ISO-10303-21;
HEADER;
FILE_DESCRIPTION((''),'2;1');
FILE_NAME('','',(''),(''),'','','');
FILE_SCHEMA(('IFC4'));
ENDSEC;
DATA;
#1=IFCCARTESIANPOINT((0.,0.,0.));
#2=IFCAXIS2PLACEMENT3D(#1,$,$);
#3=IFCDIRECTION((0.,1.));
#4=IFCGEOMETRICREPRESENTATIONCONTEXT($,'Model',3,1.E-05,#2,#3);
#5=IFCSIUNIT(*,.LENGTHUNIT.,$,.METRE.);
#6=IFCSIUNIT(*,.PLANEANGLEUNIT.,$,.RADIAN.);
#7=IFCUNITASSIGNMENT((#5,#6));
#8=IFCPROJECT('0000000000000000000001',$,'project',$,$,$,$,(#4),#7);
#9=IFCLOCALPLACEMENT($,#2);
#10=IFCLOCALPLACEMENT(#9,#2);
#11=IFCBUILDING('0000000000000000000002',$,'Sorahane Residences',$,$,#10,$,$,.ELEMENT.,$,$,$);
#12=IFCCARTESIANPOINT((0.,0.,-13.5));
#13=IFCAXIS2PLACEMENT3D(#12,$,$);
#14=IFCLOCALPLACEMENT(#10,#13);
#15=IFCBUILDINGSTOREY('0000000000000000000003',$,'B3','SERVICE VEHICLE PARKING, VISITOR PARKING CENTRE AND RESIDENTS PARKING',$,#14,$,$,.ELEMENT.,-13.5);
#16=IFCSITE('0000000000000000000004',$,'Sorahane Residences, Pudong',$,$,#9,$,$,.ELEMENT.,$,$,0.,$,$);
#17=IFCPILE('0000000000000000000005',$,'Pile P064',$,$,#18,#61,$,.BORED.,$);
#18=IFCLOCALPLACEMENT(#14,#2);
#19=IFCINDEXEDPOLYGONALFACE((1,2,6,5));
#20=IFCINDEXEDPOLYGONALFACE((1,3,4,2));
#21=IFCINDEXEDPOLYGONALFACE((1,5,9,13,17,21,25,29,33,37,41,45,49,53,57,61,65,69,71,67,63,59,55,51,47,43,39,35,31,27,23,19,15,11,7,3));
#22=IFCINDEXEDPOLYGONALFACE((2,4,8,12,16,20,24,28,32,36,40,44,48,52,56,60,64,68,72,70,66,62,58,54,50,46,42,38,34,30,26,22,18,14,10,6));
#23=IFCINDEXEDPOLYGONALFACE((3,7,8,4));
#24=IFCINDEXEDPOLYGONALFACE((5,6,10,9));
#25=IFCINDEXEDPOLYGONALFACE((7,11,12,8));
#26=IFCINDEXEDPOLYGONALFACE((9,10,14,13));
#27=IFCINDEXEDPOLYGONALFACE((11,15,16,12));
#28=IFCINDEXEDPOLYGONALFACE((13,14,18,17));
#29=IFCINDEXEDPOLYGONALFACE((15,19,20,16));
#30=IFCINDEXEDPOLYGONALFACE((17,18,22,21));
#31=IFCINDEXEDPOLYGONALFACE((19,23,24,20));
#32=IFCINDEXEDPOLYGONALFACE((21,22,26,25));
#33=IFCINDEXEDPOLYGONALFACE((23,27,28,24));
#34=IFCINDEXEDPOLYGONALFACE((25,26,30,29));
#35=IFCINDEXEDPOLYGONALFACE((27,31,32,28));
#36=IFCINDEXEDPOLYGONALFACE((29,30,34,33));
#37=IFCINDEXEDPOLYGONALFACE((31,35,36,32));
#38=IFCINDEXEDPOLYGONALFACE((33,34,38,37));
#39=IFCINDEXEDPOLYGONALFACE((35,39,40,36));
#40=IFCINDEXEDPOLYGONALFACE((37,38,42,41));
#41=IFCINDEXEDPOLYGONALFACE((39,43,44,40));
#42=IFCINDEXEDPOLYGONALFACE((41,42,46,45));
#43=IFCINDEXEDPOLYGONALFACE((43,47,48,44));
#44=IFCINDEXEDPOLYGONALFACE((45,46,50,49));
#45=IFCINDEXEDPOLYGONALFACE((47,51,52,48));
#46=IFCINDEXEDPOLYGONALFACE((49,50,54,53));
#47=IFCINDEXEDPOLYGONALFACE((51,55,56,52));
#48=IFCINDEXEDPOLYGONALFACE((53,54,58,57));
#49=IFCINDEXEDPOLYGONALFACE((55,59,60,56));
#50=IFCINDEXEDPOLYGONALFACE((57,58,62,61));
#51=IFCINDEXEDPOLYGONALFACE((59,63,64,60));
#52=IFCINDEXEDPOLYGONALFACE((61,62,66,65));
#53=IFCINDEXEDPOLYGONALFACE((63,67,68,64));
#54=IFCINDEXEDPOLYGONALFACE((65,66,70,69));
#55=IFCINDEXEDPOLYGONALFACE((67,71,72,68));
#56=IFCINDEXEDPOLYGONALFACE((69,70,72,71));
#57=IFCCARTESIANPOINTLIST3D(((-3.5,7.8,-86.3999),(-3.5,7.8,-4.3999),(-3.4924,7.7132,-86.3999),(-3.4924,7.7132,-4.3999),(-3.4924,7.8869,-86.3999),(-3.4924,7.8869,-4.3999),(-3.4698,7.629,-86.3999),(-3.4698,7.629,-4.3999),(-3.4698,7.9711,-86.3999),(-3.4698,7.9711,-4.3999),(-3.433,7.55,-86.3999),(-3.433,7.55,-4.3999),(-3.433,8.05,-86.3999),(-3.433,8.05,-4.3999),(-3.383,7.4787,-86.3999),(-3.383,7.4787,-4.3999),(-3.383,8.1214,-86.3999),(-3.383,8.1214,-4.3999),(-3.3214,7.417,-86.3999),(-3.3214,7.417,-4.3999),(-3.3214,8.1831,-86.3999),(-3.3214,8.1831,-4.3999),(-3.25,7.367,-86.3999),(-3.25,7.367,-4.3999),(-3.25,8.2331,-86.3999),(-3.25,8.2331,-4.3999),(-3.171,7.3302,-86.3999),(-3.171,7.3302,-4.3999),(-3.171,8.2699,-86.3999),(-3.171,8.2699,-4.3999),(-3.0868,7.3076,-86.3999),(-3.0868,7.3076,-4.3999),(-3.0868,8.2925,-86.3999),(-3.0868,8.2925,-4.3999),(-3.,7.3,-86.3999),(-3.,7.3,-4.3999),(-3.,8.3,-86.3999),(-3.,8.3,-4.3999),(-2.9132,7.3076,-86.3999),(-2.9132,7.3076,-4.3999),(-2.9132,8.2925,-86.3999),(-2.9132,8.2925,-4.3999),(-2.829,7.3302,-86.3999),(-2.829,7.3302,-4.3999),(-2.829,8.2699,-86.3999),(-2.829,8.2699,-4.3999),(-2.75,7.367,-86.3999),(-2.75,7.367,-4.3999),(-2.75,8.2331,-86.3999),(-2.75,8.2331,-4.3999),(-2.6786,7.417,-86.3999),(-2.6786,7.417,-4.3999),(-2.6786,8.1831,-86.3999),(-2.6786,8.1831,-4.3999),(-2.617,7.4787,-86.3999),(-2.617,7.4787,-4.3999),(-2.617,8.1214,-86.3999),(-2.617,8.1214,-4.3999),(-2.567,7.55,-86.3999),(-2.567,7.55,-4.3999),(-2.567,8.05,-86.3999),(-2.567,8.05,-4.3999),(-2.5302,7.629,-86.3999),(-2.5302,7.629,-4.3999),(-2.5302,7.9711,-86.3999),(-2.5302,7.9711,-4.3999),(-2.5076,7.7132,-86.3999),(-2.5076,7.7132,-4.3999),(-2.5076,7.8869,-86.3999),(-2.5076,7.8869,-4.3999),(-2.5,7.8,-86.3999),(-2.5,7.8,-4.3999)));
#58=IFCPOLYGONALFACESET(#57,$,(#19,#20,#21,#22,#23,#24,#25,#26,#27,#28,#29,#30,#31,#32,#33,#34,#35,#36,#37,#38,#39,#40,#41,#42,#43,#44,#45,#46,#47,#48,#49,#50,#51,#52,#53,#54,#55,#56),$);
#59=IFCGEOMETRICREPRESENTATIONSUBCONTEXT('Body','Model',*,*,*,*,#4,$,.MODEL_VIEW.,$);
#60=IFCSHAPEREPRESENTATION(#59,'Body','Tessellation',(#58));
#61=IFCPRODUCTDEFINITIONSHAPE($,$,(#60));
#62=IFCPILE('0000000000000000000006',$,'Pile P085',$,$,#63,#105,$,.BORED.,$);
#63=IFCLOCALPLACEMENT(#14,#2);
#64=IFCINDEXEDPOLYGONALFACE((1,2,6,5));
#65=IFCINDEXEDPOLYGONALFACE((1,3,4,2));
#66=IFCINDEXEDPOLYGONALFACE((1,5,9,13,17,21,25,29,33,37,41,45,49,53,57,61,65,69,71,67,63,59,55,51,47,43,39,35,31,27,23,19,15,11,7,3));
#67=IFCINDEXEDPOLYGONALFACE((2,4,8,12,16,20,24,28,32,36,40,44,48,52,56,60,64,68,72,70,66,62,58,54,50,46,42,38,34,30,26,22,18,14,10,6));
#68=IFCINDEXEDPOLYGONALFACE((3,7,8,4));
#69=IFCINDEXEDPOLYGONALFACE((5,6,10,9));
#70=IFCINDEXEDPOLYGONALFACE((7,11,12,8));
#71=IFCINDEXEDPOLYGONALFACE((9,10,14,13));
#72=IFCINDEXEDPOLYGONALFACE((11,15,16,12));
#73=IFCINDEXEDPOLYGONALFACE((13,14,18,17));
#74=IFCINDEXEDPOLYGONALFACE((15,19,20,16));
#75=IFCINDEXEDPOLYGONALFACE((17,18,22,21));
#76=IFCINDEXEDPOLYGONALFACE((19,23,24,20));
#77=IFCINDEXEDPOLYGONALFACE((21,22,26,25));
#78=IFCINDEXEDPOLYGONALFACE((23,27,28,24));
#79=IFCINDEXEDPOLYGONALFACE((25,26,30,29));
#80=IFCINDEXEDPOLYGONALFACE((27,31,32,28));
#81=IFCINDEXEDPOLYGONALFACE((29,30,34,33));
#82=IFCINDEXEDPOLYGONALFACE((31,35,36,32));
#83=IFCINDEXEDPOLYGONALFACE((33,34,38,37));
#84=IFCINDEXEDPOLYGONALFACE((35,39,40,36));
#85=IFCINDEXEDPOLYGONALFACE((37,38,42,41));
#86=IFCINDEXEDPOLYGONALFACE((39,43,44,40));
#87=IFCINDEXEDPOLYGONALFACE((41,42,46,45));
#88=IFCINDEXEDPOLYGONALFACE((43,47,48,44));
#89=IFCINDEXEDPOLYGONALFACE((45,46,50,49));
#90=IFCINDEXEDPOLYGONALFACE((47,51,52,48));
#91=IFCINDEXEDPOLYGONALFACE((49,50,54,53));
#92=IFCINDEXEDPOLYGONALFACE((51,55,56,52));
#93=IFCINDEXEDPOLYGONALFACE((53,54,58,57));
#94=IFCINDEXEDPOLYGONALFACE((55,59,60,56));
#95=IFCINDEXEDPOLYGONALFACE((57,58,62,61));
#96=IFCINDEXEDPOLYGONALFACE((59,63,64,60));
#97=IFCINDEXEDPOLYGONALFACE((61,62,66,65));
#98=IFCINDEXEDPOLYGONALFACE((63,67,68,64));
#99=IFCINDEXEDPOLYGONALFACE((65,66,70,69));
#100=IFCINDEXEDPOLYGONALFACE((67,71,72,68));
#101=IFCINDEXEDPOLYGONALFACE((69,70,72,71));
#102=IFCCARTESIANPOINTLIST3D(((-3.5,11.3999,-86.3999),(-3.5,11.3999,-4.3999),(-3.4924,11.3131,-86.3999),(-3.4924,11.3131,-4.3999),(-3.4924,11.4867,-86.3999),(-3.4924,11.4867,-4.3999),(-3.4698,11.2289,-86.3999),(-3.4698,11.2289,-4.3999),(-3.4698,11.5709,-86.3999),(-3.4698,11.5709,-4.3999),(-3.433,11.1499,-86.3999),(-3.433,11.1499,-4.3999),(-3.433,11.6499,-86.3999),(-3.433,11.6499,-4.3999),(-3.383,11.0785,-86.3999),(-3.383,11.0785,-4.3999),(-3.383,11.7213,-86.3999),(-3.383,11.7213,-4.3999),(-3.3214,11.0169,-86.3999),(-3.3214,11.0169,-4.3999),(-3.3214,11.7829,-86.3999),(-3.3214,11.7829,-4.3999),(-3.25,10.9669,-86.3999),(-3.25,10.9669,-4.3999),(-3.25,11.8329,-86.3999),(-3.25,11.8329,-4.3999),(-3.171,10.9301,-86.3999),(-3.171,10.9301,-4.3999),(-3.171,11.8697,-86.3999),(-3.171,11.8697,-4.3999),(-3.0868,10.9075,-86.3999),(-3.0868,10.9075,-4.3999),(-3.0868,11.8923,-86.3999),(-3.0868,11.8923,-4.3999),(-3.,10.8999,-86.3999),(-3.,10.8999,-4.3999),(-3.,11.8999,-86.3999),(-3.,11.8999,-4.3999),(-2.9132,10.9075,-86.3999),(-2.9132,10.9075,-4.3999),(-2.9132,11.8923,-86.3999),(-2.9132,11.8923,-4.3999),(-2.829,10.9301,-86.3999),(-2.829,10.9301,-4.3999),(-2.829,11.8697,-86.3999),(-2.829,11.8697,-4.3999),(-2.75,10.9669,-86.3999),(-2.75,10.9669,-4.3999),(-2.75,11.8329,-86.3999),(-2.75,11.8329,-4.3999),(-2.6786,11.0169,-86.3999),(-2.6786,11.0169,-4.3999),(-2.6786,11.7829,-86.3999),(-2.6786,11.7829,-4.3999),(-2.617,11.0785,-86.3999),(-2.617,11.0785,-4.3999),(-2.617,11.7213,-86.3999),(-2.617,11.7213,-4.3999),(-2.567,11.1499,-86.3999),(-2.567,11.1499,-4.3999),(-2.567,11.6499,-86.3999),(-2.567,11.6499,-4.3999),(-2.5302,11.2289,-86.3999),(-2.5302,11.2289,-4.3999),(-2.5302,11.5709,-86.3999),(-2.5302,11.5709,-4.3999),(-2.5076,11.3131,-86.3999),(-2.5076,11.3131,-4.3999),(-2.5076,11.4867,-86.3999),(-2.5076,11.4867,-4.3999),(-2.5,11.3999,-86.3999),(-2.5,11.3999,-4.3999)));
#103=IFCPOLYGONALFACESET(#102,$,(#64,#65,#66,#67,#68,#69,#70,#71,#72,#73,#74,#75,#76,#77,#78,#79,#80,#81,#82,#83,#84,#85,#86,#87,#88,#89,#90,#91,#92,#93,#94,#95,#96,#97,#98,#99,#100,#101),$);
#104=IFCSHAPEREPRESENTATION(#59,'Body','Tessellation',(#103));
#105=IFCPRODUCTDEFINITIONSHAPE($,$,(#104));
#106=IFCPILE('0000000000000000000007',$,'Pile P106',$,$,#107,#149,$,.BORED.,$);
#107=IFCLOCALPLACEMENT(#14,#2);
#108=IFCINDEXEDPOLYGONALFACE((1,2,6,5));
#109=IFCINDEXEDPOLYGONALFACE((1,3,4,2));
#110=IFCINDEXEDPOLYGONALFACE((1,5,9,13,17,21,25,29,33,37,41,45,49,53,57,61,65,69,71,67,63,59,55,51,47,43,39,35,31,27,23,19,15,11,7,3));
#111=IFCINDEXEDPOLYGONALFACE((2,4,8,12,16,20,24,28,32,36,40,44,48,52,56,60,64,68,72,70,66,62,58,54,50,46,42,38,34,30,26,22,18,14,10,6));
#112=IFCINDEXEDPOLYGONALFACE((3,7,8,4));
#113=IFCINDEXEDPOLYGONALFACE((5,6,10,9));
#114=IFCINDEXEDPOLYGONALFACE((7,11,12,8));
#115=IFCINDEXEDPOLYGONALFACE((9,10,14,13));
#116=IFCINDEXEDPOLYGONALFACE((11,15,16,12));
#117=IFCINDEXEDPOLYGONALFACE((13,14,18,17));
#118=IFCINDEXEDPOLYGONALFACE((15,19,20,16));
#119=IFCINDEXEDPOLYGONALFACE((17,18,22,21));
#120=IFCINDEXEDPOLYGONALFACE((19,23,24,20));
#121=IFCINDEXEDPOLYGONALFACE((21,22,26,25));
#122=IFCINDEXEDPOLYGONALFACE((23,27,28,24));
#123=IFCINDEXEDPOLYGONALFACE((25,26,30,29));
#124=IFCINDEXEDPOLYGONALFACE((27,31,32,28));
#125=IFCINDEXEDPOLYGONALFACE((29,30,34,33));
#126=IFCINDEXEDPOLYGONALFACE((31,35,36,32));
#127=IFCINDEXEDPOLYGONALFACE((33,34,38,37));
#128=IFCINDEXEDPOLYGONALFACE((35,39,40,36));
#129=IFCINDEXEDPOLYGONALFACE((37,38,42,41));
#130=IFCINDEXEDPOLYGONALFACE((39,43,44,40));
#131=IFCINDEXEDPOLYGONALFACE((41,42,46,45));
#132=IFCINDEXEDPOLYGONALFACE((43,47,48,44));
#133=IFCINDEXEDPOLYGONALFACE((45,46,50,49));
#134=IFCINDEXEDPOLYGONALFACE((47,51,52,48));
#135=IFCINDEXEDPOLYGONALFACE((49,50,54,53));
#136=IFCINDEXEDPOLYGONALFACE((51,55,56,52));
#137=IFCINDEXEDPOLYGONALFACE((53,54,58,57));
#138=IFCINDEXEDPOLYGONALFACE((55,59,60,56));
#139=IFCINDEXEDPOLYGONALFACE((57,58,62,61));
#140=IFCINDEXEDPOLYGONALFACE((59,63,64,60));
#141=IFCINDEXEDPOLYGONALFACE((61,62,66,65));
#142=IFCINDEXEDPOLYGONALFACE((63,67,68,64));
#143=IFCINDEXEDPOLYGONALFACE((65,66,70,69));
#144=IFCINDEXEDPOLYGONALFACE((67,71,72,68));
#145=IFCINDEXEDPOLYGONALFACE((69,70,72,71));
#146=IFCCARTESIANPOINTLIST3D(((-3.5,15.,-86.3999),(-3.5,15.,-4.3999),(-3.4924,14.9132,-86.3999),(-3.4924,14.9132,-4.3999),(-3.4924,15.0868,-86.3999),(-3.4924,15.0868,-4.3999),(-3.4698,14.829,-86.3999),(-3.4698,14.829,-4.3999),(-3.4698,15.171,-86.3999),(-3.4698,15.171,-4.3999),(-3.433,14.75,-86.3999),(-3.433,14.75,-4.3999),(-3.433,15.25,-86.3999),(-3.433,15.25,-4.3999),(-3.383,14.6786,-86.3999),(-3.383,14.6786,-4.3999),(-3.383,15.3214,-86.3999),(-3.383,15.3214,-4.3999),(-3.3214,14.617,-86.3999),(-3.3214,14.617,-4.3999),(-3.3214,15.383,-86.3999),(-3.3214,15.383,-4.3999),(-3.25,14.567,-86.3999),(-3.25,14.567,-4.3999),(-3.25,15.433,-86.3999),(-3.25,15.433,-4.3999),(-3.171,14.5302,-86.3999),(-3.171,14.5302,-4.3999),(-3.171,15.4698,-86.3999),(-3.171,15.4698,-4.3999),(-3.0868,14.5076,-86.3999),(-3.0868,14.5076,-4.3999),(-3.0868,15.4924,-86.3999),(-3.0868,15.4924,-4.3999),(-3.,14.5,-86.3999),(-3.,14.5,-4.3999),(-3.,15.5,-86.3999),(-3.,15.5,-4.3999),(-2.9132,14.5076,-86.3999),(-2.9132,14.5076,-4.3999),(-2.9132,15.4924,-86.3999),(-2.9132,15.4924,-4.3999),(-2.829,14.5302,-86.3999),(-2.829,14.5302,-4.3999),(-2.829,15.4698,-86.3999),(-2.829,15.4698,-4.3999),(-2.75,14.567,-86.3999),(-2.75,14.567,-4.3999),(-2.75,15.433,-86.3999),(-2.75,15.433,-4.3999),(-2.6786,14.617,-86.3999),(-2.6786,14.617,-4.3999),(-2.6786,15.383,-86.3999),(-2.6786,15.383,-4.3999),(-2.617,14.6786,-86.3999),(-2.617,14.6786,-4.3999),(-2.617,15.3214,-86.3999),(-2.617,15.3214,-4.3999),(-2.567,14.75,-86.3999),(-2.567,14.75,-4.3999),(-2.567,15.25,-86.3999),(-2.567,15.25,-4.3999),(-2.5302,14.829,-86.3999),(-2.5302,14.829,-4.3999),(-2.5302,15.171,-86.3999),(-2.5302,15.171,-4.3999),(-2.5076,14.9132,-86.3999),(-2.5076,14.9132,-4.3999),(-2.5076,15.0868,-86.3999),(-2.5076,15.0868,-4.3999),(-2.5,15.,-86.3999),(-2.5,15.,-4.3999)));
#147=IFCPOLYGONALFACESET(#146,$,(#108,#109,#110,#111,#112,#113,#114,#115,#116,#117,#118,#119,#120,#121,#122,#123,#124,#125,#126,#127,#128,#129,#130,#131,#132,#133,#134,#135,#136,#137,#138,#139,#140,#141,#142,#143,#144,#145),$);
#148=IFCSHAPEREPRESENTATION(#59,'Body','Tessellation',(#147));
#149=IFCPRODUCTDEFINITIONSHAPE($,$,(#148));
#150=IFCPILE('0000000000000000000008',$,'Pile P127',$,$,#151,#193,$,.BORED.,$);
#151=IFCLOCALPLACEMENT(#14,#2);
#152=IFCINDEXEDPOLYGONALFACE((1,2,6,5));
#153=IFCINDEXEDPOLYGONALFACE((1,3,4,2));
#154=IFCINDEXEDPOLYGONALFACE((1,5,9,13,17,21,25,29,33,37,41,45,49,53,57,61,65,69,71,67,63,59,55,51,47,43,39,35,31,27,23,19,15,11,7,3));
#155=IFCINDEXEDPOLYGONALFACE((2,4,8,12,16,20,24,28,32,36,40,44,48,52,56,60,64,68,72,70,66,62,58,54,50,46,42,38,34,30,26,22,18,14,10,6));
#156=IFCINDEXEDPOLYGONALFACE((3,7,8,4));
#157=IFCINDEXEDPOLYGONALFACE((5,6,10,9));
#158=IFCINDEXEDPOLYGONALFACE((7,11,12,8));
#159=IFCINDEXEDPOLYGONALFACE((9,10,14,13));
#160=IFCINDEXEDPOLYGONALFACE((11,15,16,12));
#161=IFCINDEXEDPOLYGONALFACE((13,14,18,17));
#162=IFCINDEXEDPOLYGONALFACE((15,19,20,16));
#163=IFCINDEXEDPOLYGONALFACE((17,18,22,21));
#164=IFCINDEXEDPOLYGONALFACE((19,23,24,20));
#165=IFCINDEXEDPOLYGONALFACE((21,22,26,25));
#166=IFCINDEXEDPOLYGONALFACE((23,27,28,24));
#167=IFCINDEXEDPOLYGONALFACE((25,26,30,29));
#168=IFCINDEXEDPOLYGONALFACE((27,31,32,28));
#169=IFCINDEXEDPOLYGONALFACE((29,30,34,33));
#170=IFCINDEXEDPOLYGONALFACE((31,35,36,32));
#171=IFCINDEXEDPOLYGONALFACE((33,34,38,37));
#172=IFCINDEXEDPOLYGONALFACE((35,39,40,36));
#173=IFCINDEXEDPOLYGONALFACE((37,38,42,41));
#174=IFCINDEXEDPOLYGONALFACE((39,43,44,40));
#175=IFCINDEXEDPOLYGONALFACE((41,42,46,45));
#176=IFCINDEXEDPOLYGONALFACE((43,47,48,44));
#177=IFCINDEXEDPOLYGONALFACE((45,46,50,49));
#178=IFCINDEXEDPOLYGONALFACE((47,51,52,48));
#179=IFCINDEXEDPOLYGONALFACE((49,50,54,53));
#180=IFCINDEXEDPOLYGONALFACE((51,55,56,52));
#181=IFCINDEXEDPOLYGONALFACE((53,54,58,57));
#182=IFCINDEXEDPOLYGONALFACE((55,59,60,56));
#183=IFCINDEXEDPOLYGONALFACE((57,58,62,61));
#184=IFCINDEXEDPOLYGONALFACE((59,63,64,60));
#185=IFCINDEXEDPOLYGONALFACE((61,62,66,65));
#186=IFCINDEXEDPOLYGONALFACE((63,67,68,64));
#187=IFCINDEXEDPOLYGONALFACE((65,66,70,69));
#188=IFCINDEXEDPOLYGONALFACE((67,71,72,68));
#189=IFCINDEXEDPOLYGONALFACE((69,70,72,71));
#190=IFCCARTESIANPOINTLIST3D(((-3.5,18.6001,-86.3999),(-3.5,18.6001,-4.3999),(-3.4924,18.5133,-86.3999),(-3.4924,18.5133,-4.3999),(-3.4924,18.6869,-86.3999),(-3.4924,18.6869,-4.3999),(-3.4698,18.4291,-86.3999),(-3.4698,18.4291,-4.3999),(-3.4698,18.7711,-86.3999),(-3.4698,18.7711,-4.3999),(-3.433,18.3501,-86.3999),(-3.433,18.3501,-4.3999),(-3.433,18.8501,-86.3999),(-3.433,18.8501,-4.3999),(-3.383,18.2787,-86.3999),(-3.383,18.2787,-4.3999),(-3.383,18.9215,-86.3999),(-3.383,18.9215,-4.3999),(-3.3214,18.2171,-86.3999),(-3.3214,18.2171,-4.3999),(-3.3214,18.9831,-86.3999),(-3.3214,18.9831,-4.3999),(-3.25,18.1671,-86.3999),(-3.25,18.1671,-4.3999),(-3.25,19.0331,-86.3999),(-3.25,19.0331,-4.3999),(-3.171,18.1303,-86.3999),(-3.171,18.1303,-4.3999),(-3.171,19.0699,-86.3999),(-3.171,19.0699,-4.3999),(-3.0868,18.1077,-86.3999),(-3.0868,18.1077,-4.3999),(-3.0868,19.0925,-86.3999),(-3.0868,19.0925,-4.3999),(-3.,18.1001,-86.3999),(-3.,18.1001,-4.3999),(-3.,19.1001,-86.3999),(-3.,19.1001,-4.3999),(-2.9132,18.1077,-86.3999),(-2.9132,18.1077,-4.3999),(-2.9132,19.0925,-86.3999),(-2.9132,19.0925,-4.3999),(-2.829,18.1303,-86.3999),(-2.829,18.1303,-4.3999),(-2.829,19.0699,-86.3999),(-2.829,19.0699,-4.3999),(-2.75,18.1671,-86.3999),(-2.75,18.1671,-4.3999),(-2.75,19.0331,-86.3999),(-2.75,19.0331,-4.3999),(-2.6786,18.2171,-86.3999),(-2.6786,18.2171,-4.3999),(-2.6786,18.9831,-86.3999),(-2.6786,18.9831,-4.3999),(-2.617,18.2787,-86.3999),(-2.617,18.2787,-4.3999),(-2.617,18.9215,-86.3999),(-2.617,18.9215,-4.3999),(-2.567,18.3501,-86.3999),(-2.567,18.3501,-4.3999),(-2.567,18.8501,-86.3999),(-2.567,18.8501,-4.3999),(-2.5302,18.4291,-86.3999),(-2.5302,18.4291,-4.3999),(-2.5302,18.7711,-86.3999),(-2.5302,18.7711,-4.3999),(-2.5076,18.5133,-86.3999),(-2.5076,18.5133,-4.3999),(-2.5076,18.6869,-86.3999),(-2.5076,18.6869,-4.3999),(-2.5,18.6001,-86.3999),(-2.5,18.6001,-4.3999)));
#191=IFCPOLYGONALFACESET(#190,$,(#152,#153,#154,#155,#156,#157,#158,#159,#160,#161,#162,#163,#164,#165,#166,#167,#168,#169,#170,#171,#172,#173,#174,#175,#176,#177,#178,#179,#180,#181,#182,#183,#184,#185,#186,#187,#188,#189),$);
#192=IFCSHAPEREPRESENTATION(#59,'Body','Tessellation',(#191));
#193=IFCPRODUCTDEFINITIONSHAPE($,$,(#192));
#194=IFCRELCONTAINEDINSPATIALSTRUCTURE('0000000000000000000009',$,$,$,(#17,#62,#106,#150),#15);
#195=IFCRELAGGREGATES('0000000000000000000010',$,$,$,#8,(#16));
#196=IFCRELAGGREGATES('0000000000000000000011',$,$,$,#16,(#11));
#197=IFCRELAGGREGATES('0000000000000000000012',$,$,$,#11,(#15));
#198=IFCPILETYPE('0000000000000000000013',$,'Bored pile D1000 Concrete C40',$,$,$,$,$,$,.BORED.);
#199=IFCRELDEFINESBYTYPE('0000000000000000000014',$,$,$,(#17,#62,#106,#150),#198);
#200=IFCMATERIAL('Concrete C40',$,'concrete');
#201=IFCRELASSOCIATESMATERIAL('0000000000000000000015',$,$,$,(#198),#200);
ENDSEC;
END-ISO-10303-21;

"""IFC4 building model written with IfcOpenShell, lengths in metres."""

from ifc_helpers import new_model, si_unit, direction, frame, origin, origin_2d, place, context, subcontext, project, spatial, circle, extrude, material, material_profile, profile_set, type_object, element, save


model = new_model("IFC4")

# Units and contexts
model_context = context("Model", 3, precision=1e-05, world=origin(), true_north=direction((0.0, 1.0)))
body_context = subcontext(model_context, "Body", "Model", "MODEL_VIEW")
ifc_project = project(units=[si_unit("LENGTHUNIT", "METRE"), si_unit("PLANEANGLEUNIT", "RADIAN")], contexts=[model_context])

# Site, building, storey
site_placement = place(None, origin())
site = spatial("IfcSite", under=ifc_project, at=site_placement, Name="Sorahane Residences, Pudong", CompositionType="ELEMENT", RefElevation=0.0)
building_placement = place(site_placement, origin())
building = spatial("IfcBuilding", under=site, at=building_placement, Name="Sorahane Residences", CompositionType="ELEMENT")
storey_placement = place(building_placement, frame((0.0, 0.0, -13.5)))
storey = spatial("IfcBuildingStorey", under=building, at=storey_placement, Name="B3", Description="SERVICE VEHICLE PARKING, VISITOR PARKING CENTRE AND RESIDENTS PARKING", CompositionType="ELEMENT", Elevation=-13.5)

# Piles
ifc_material_1 = material(Name="Concrete C40", Category="concrete")
ifc_material_profile_1 = material_profile(ifc_material_1, circle(Radius=0.5, at=origin_2d()), Name="D1000")
ifc_profile_set_1 = profile_set([ifc_material_profile_1], Name="Concrete C40")
pile_type = type_object("IfcPileType", Name="Bored pile D1000 Concrete C40", PredefinedType="BORED", material=ifc_profile_set_1)
for number, where, z_axis, x_axis, name in (
    (1, (-3.0, 7.8, -4.3999), (0.0, 0.0, -1.0), (1.0, 0.0, 0.0), "Pile P064"),
    (2, (-3.0, 11.3999, -4.3999), (0.0, 0.0, -1.0), (1.0, 0.0, 0.0), "Pile P085"),
    (3, (-3.0, 15.0, -4.3999), (0.0, 0.0, -1.0), (1.0, 0.0, 0.0), "Pile P106"),
    (4, (-3.0, 18.6001, -4.3999), (0.0, 0.0, -1.0), (1.0, 0.0, 0.0), "Pile P127"),
):
    element("IfcPile", number, at=place(storey_placement, frame(where, z_axis=z_axis, x_axis=x_axis)), inside=storey, type_object=pile_type, Name=name, PredefinedType="BORED", context=body_context, shape_type="SweptSolid", body=[
        extrude(circle(Radius=0.5, at=origin_2d()), origin(), (0.0, 0.0, 1.0), 82.0),
    ])

save(model, "model.ifc")
